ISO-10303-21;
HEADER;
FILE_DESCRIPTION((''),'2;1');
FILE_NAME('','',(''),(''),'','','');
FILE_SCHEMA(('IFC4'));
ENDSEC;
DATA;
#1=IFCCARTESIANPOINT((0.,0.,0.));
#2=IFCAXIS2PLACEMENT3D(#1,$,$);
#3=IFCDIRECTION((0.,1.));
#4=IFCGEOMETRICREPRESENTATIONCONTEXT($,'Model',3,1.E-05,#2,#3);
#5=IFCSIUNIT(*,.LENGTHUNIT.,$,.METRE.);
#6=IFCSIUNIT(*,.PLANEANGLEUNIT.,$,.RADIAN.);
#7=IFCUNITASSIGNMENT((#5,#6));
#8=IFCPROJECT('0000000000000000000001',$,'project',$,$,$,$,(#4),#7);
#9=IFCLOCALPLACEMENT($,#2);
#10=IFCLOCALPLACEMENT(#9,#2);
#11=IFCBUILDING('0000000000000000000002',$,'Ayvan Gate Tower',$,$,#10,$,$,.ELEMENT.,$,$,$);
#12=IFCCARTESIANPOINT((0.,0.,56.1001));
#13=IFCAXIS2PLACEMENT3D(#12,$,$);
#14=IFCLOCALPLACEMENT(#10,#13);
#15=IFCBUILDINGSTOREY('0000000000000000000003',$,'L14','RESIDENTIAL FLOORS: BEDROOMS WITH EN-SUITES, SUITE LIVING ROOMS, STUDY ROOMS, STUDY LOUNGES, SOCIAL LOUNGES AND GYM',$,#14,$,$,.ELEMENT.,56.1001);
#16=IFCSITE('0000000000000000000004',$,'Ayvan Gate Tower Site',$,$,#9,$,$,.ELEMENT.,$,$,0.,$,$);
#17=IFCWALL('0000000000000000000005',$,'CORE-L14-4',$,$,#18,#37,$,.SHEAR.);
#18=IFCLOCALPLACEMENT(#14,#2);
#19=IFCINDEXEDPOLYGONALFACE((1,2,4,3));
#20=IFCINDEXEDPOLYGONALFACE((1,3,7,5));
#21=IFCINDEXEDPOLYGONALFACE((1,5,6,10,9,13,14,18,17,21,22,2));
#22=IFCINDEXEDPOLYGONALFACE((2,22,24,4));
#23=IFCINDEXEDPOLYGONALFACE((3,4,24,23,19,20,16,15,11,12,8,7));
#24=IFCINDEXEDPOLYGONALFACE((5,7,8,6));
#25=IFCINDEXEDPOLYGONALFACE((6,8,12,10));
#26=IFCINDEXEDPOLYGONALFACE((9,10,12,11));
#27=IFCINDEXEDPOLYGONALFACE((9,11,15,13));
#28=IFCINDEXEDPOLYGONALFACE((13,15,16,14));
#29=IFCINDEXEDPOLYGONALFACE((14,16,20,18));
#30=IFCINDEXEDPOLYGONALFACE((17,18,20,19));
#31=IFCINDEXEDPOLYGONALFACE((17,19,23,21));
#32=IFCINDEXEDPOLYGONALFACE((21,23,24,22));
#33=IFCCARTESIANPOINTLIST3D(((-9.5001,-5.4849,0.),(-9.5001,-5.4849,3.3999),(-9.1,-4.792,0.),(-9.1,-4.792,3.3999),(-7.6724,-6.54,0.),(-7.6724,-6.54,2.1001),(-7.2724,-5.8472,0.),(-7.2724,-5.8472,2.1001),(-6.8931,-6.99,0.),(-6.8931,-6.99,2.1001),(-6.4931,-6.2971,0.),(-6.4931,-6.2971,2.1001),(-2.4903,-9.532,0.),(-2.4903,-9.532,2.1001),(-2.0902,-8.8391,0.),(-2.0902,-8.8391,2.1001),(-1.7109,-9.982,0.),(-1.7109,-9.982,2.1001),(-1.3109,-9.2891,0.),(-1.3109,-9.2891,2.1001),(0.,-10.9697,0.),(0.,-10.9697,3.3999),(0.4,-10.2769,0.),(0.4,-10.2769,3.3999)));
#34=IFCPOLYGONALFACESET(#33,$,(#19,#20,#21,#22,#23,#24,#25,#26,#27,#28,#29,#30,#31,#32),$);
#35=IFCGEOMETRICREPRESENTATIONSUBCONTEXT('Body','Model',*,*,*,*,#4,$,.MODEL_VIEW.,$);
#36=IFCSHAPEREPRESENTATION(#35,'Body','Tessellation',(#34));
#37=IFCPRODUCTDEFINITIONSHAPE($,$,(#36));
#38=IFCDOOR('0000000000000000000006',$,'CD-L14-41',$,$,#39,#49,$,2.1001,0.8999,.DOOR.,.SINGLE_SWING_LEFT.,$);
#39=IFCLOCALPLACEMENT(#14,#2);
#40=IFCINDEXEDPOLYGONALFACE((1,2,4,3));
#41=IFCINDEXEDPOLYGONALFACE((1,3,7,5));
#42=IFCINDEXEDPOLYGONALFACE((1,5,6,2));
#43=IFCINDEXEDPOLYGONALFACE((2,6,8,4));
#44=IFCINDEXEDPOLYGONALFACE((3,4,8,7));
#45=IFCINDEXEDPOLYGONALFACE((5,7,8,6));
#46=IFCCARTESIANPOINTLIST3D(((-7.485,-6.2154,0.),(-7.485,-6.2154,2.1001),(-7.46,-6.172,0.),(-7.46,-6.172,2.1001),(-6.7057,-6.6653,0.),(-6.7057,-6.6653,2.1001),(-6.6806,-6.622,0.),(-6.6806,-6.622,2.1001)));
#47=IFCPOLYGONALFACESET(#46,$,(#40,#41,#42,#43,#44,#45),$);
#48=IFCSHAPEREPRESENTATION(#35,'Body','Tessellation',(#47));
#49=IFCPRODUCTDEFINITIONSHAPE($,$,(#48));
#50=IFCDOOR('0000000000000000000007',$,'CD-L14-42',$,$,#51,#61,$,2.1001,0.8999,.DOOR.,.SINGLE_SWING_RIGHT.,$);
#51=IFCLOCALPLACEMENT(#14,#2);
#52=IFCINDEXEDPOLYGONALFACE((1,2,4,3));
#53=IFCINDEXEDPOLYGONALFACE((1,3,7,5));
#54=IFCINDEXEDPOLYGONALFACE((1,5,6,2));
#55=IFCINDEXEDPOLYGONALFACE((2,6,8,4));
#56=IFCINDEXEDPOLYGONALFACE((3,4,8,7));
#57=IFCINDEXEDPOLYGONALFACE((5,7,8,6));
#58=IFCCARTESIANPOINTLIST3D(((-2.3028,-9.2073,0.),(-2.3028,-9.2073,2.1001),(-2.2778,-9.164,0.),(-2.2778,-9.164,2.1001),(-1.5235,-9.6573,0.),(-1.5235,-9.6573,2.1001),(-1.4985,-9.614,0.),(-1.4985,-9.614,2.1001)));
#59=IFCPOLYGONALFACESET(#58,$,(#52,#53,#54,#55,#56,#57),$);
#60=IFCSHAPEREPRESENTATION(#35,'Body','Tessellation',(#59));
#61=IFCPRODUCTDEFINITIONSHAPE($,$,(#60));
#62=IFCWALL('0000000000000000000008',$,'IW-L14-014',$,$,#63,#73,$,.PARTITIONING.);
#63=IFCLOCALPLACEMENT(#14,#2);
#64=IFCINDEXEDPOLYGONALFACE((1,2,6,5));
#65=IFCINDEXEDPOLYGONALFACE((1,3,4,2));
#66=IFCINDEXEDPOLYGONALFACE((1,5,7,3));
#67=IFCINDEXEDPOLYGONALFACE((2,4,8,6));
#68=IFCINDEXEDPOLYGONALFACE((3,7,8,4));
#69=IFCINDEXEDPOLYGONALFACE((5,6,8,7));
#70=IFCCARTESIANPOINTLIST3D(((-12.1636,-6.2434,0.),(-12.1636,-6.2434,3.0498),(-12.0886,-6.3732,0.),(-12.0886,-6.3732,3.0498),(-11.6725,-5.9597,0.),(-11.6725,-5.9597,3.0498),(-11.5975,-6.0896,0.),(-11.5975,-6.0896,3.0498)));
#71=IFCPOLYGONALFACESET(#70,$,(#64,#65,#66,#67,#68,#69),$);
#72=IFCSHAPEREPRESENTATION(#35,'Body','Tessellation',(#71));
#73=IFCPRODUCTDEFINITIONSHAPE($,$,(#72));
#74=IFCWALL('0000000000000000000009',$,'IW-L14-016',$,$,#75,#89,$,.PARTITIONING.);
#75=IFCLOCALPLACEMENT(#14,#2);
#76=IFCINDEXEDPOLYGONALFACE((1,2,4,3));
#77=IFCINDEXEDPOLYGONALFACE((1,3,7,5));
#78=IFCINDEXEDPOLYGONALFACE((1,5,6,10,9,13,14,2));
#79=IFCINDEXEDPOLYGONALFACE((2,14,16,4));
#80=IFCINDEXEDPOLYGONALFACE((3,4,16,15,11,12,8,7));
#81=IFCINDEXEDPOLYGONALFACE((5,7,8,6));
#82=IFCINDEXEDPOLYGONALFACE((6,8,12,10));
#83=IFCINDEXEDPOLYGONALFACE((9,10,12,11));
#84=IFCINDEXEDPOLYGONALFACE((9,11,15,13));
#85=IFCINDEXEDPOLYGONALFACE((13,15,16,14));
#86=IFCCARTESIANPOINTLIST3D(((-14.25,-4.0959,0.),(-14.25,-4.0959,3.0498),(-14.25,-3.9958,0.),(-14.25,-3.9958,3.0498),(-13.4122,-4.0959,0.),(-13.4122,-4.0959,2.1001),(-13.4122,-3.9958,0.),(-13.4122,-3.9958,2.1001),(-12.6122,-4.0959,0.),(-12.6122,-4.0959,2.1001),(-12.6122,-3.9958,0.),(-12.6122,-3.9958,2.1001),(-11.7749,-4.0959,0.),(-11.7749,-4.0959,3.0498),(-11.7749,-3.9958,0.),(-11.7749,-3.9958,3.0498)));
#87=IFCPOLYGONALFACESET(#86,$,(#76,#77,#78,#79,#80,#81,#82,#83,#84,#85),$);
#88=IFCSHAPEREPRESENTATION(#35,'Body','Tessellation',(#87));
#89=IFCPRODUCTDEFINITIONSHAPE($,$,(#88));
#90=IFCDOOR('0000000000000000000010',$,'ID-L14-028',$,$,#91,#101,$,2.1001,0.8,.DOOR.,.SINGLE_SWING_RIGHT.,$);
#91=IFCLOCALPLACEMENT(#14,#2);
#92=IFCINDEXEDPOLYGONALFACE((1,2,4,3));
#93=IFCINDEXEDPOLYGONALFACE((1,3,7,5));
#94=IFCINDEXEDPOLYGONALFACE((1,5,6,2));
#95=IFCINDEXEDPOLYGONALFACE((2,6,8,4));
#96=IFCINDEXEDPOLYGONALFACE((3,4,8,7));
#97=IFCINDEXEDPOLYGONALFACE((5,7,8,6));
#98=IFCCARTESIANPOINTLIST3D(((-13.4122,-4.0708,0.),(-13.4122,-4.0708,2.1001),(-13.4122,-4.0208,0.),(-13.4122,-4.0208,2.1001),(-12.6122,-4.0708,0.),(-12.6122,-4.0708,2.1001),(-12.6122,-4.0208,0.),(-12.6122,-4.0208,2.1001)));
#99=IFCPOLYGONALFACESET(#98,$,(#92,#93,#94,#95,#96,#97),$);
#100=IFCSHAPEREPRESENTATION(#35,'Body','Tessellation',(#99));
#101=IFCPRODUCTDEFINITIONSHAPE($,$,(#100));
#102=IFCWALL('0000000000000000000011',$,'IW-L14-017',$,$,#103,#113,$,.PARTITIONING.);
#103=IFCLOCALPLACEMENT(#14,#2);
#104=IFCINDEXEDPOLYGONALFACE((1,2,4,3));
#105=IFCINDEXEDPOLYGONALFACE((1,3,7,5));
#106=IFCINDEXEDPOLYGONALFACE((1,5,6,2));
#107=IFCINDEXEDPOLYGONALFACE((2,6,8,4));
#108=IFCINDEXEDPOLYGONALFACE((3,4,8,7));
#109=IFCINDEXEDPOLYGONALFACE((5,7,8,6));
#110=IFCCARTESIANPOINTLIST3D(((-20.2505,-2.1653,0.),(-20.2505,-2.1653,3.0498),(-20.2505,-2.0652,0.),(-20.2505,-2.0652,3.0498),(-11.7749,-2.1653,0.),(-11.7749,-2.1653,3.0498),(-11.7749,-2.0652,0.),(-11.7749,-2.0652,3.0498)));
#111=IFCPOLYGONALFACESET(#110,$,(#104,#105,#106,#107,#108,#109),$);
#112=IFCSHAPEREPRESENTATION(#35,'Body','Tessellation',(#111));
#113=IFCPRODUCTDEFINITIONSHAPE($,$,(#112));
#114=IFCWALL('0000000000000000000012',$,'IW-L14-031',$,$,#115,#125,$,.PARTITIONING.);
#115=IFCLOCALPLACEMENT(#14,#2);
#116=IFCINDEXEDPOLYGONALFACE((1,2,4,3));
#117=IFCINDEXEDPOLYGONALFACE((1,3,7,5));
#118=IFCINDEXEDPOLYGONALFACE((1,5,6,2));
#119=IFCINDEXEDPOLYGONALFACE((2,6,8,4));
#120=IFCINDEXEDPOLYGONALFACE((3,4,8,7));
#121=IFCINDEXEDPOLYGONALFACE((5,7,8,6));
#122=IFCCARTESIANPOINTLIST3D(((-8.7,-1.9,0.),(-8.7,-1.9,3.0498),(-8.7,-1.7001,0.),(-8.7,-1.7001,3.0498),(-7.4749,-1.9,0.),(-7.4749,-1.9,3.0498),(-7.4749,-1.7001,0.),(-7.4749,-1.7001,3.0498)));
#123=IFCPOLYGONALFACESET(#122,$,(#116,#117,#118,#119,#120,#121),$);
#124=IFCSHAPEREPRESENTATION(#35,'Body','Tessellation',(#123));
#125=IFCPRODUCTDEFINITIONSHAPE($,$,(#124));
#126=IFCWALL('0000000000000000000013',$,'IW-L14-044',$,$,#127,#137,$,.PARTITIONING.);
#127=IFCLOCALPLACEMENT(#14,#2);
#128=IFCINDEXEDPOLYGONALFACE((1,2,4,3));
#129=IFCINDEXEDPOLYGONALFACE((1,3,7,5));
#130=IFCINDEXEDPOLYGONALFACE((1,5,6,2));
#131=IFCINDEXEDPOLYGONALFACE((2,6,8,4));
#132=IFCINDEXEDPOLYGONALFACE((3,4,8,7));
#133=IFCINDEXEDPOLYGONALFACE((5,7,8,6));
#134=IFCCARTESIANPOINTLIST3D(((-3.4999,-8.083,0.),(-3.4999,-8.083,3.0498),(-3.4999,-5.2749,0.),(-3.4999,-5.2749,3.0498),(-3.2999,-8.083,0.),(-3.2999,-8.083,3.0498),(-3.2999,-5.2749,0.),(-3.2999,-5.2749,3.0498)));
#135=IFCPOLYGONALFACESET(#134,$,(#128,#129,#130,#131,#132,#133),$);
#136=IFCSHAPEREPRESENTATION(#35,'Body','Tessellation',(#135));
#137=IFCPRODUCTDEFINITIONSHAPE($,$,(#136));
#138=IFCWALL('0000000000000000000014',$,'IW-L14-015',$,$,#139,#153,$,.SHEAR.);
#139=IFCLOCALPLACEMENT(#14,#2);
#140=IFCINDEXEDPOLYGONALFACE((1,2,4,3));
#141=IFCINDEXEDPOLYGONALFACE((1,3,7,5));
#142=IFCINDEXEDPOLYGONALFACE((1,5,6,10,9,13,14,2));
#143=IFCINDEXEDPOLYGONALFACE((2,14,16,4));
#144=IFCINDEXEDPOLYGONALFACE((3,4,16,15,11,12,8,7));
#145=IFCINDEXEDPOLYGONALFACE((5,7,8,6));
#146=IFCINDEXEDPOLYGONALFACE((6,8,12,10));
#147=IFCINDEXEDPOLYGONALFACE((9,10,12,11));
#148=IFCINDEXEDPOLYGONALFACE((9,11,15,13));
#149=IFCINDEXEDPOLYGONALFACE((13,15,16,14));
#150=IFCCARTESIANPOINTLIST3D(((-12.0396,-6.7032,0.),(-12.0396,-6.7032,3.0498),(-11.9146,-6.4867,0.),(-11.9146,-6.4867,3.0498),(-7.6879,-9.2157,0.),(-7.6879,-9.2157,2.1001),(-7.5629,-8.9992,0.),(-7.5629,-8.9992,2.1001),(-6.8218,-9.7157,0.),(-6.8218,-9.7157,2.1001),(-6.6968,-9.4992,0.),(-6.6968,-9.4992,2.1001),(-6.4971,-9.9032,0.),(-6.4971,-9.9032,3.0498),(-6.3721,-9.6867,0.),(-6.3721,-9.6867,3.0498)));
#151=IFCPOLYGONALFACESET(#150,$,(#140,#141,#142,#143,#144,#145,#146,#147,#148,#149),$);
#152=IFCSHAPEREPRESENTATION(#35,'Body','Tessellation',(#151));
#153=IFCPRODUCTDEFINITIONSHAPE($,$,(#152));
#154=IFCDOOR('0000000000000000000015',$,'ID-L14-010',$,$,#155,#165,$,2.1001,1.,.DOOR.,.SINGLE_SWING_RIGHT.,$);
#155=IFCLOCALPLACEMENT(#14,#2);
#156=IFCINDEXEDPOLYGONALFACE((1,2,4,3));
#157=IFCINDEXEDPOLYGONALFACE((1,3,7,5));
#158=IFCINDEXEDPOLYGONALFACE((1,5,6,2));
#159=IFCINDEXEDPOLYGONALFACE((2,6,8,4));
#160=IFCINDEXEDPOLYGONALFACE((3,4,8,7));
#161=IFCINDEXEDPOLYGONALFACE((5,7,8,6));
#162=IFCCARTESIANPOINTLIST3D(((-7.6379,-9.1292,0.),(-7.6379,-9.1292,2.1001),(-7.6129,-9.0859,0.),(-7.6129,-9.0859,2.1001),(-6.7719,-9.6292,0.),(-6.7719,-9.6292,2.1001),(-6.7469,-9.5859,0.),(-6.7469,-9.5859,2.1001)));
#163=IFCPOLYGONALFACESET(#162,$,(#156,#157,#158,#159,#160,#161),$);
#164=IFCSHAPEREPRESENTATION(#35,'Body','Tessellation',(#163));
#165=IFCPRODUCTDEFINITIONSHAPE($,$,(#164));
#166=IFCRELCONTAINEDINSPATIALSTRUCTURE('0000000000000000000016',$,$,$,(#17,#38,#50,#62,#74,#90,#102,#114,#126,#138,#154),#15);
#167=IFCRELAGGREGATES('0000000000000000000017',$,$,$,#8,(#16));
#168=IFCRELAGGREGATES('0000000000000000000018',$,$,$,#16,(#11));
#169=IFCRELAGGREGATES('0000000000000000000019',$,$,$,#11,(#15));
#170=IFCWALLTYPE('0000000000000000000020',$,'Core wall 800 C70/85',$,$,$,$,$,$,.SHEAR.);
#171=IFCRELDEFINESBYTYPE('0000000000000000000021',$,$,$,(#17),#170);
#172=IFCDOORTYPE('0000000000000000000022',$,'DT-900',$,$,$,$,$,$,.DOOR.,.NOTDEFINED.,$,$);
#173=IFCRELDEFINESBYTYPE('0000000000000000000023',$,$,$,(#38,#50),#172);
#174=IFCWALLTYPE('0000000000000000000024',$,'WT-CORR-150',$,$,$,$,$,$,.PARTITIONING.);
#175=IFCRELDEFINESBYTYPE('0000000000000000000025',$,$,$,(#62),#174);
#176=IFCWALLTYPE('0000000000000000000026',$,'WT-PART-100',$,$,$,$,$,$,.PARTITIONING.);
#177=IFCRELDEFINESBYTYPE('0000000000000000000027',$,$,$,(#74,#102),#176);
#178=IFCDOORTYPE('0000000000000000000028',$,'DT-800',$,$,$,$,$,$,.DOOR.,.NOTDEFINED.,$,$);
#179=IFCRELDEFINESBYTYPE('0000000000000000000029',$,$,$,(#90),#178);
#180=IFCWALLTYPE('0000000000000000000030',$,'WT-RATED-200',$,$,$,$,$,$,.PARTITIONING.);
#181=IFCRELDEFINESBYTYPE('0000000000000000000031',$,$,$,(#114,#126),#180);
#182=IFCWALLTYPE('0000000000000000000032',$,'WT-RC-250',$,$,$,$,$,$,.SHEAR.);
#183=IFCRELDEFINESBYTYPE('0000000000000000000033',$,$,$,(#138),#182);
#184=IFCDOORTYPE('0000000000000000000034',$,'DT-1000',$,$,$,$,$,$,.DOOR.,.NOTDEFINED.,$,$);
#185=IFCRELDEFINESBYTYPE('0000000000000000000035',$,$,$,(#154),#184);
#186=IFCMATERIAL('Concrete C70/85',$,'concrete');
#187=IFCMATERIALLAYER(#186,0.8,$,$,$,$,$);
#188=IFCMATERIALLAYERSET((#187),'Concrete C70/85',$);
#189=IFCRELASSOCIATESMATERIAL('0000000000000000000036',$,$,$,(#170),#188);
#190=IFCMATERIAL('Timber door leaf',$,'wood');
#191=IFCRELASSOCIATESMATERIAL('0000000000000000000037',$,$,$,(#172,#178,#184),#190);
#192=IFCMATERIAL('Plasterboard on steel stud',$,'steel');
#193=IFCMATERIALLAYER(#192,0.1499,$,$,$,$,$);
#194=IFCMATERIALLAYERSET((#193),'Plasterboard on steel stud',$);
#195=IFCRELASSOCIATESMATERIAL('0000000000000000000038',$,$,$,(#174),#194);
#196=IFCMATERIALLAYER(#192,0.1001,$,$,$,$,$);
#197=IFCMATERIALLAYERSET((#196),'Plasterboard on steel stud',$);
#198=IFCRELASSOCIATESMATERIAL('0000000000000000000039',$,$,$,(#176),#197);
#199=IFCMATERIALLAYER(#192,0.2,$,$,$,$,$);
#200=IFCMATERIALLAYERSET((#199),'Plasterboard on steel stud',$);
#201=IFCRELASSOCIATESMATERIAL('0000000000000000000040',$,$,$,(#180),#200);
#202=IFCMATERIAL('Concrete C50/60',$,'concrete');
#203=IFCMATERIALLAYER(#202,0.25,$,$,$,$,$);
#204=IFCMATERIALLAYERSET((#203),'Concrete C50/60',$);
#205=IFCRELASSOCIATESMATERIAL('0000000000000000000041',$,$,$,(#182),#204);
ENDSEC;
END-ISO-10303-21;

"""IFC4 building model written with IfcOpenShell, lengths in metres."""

from ifc_helpers import new_model, si_unit, direction, frame, frame_2d, origin, place, context, subcontext, project, spatial, rectangle, extrude, material, layer, layer_set, type_object, element, fill, save


model = new_model("IFC4")

# Units and contexts
model_context = context("Model", 3, precision=1e-05, world=origin(), true_north=direction((0.0, 1.0)))
body_context = subcontext(model_context, "Body", "Model", "MODEL_VIEW")
ifc_project = project(units=[si_unit("LENGTHUNIT", "METRE"), si_unit("PLANEANGLEUNIT", "RADIAN")], contexts=[model_context])

# Site, building, storey
site_placement = place(None, origin())
site = spatial("IfcSite", under=ifc_project, at=site_placement, Name="Ayvan Gate Tower Site", CompositionType="ELEMENT", RefElevation=0.0)
building_placement = place(site_placement, origin())
building = spatial("IfcBuilding", under=site, at=building_placement, Name="Ayvan Gate Tower", CompositionType="ELEMENT")
storey_placement = place(building_placement, frame((0.0, 0.0, 56.1001)))
storey = spatial("IfcBuildingStorey", under=building, at=storey_placement, Name="L14", Description="RESIDENTIAL FLOORS: BEDROOMS WITH EN-SUITES, SUITE LIVING ROOMS, STUDY ROOMS, STUDY LOUNGES, SOCIAL LOUNGES AND GYM", CompositionType="ELEMENT", Elevation=56.1001)

# Wall, openings, doors
ifc_material_1 = material(Name="Concrete C70/85", Category="concrete")
ifc_layer_1 = layer(ifc_material_1, 0.8)
ifc_layer_set_1 = layer_set([ifc_layer_1], Name="Concrete C70/85")
wall_type_1 = type_object("IfcWallType", Name="Core wall 800 C70/85", PredefinedType="SHEAR", material=ifc_layer_set_1)
wall_1_placement = place(storey_placement, frame((-9.3, -5.1384, 0.0), z_axis=(0.0, 0.0, 1.0), x_axis=(0.866024, -0.500002, 0.0)))
wall_1 = element("IfcWall", 1, at=wall_1_placement, inside=storey, type_object=wall_type_1, Name="CORE-L14-4", PredefinedType="SHEAR", context=body_context, shape_type="SweptSolid", body=[
    extrude(rectangle(XDim=10.9697, YDim=0.8, at=frame_2d((5.4849, 0.0))), origin(), (0.0, 0.0, 1.0), 3.3999),
])
opening_1_placement = place(wall_1_placement, frame((2.1104, 0.0, 0.0)))
opening_1 = element("IfcOpeningElement", 2, at=opening_1_placement, cuts=wall_1, PredefinedType="OPENING", context=body_context, shape_type="SweptSolid", body=[
    extrude(rectangle(XDim=0.8999, YDim=2.1001, at=frame_2d((0.45, 1.05))), frame((0.0, 0.4099, 0.0), z_axis=(0.0, -1.0, 0.0), x_axis=(1.0, 0.0, 0.0)), (0.0, 0.0, 1.0), 0.8201),
])
opening_2_placement = place(wall_1_placement, frame((8.0942, 0.0, 0.0)))
opening_2 = element("IfcOpeningElement", 3, at=opening_2_placement, cuts=wall_1, PredefinedType="OPENING", context=body_context, shape_type="SweptSolid", body=[
    extrude(rectangle(XDim=0.8999, YDim=2.1001, at=frame_2d((0.45, 1.05))), frame((0.0, 0.4099, 0.0), z_axis=(0.0, -1.0, 0.0), x_axis=(1.0, 0.0, 0.0)), (0.0, 0.0, 1.0), 0.8201),
])
ifc_material_2 = material(Name="Timber door leaf", Category="wood")
door_type_1 = type_object("IfcDoorType", Name="DT-900", OperationType="NOTDEFINED", PredefinedType="DOOR", material=ifc_material_2)
door_1_placement = place(opening_1_placement, origin())
door_1 = element("IfcDoor", 4, at=door_1_placement, inside=storey, type_object=door_type_1, Name="CD-L14-41", OperationType="SINGLE_SWING_LEFT", OverallHeight=2.1001, OverallWidth=0.8999, PredefinedType="DOOR", context=body_context, shape_type="SweptSolid", body=[
    extrude(rectangle(XDim=0.8999, YDim=2.1001, at=frame_2d((0.45, 1.05))), frame((0.0, 0.0249, 0.0), z_axis=(0.0, -1.0, 0.0), x_axis=(1.0, 0.0, 0.0)), (0.0, 0.0, 1.0), 0.05),
])
fill(opening_1, door_1)
door_2_placement = place(opening_2_placement, origin())
door_2 = element("IfcDoor", 5, at=door_2_placement, inside=storey, type_object=door_type_1, Name="CD-L14-42", OperationType="SINGLE_SWING_RIGHT", OverallHeight=2.1001, OverallWidth=0.8999, PredefinedType="DOOR", context=body_context, shape_type="SweptSolid", body=[
    extrude(rectangle(XDim=0.8999, YDim=2.1001, at=frame_2d((0.45, 1.05))), frame((0.0, 0.0249, 0.0), z_axis=(0.0, -1.0, 0.0), x_axis=(1.0, 0.0, 0.0)), (0.0, 0.0, 1.0), 0.05),
])
fill(opening_2, door_2)

# Wall
ifc_material_3 = material(Name="Plasterboard on steel stud", Category="steel")
ifc_layer_2 = layer(ifc_material_3, 0.1499)
ifc_layer_set_2 = layer_set([ifc_layer_2], Name="Plasterboard on steel stud")
wall_type_2 = type_object("IfcWallType", Name="WT-CORR-150", PredefinedType="PARTITIONING", material=ifc_layer_set_2)
wall_2_placement = place(storey_placement, frame((-12.1262, -6.3083, 0.0), z_axis=(0.0, 0.0, 1.0), x_axis=(0.865956, 0.50012, 0.0)))
element("IfcWall", 6, at=wall_2_placement, inside=storey, type_object=wall_type_2, Name="IW-L14-014", PredefinedType="PARTITIONING", context=body_context, shape_type="SweptSolid", body=[
    extrude(rectangle(XDim=0.5671, YDim=0.1499, at=frame_2d((0.2837, 0.0))), origin(), (0.0, 0.0, 1.0), 3.0498),
])

# Wall, opening, door
ifc_layer_3 = layer(ifc_material_3, 0.1001)
ifc_layer_set_3 = layer_set([ifc_layer_3], Name="Plasterboard on steel stud")
wall_type_3 = type_object("IfcWallType", Name="WT-PART-100", PredefinedType="PARTITIONING", material=ifc_layer_set_3)
wall_3_placement = place(storey_placement, frame((-11.7749, -4.0459, 0.0), z_axis=(0.0, 0.0, 1.0), x_axis=(-1.0, 0.0, 0.0)))
wall_3 = element("IfcWall", 7, at=wall_3_placement, inside=storey, type_object=wall_type_3, Name="IW-L14-016", PredefinedType="PARTITIONING", context=body_context, shape_type="SweptSolid", body=[
    extrude(rectangle(XDim=2.4751, YDim=0.1001, at=frame_2d((1.2375, 0.0))), origin(), (0.0, 0.0, 1.0), 3.0498),
])
opening_3_placement = place(wall_3_placement, frame((0.8374, 0.0, 0.0)))
opening_3 = element("IfcOpeningElement", 8, at=opening_3_placement, cuts=wall_3, PredefinedType="OPENING", context=body_context, shape_type="SweptSolid", body=[
    extrude(rectangle(XDim=0.8, YDim=2.1001, at=frame_2d((0.3999, 1.05))), frame((0.0, 0.0601, 0.0), z_axis=(0.0, -1.0, 0.0), x_axis=(1.0, 0.0, 0.0)), (0.0, 0.0, 1.0), 0.1201),
])
door_type_2 = type_object("IfcDoorType", Name="DT-800", OperationType="NOTDEFINED", PredefinedType="DOOR", material=ifc_material_2)
door_3_placement = place(opening_3_placement, origin())
door_3 = element("IfcDoor", 9, at=door_3_placement, inside=storey, type_object=door_type_2, Name="ID-L14-028", OperationType="SINGLE_SWING_RIGHT", OverallHeight=2.1001, OverallWidth=0.8, PredefinedType="DOOR", context=body_context, shape_type="SweptSolid", body=[
    extrude(rectangle(XDim=0.8, YDim=2.1001, at=frame_2d((0.3999, 1.05))), frame((0.0, 0.0249, 0.0), z_axis=(0.0, -1.0, 0.0), x_axis=(1.0, 0.0, 0.0)), (0.0, 0.0, 1.0), 0.05),
])
fill(opening_3, door_3)

# Walls
wall_4_placement = place(storey_placement, frame((-11.7749, -2.1152, 0.0), z_axis=(0.0, 0.0, 1.0), x_axis=(-1.0, 0.0, 0.0)))
element("IfcWall", 10, at=wall_4_placement, inside=storey, type_object=wall_type_3, Name="IW-L14-017", PredefinedType="PARTITIONING", context=body_context, shape_type="SweptSolid", body=[
    extrude(rectangle(XDim=8.4756, YDim=0.1001, at=frame_2d((4.2378, 0.0))), origin(), (0.0, 0.0, 1.0), 3.0498),
])
ifc_layer_4 = layer(ifc_material_3, 0.2)
ifc_layer_set_4 = layer_set([ifc_layer_4], Name="Plasterboard on steel stud")
wall_type_4 = type_object("IfcWallType", Name="WT-RATED-200", PredefinedType="PARTITIONING", material=ifc_layer_set_4)
wall_5_placement = place(storey_placement, frame((-7.4749, -1.8, 0.0), z_axis=(0.0, 0.0, 1.0), x_axis=(-1.0, 0.0, 0.0)))
element("IfcWall", 11, at=wall_5_placement, inside=storey, type_object=wall_type_4, Name="IW-L14-031", PredefinedType="PARTITIONING", context=body_context, shape_type="SweptSolid", body=[
    extrude(rectangle(XDim=1.2251, YDim=0.2, at=frame_2d((0.6125, 0.0))), origin(), (0.0, 0.0, 1.0), 3.0498),
])
wall_6_placement = place(storey_placement, frame((-3.3999, -5.2749, 0.0), z_axis=(0.0, 0.0, 1.0), x_axis=(0.0, -1.0, 0.0)))
element("IfcWall", 12, at=wall_6_placement, inside=storey, type_object=wall_type_4, Name="IW-L14-044", PredefinedType="PARTITIONING", context=body_context, shape_type="SweptSolid", body=[
    extrude(rectangle(XDim=2.8081, YDim=0.2, at=frame_2d((1.4041, 0.0))), origin(), (0.0, 0.0, 1.0), 3.0498),
])

# Wall, opening, door
ifc_material_4 = material(Name="Concrete C50/60", Category="concrete")
ifc_layer_5 = layer(ifc_material_4, 0.25)
ifc_layer_set_5 = layer_set([ifc_layer_5], Name="Concrete C50/60")
wall_type_5 = type_object("IfcWallType", Name="WT-RC-250", PredefinedType="SHEAR", material=ifc_layer_set_5)
wall_7_placement = place(storey_placement, frame((-11.9771, -6.595, 0.0), z_axis=(0.0, 0.0, 1.0), x_axis=(0.866025, -0.5, 0.0)))
wall_7 = element("IfcWall", 13, at=wall_7_placement, inside=storey, type_object=wall_type_5, Name="IW-L14-015", PredefinedType="SHEAR", context=body_context, shape_type="SweptSolid", body=[
    extrude(rectangle(XDim=6.3999, YDim=0.25, at=frame_2d((3.2, 0.0))), origin(), (0.0, 0.0, 1.0), 3.0498),
])
opening_4_placement = place(wall_7_placement, frame((5.0249, 0.0, 0.0)))
opening_4 = element("IfcOpeningElement", 14, at=opening_4_placement, cuts=wall_7, PredefinedType="OPENING", context=body_context, shape_type="SweptSolid", body=[
    extrude(rectangle(XDim=1.0, YDim=2.1001, at=frame_2d((0.5, 1.05))), frame((0.0, 0.135, 0.0), z_axis=(0.0, -1.0, 0.0), x_axis=(1.0, 0.0, 0.0)), (0.0, 0.0, 1.0), 0.27),
])
door_type_3 = type_object("IfcDoorType", Name="DT-1000", OperationType="NOTDEFINED", PredefinedType="DOOR", material=ifc_material_2)
door_4_placement = place(opening_4_placement, origin())
door_4 = element("IfcDoor", 15, at=door_4_placement, inside=storey, type_object=door_type_3, Name="ID-L14-010", OperationType="SINGLE_SWING_RIGHT", OverallHeight=2.1001, OverallWidth=1.0, PredefinedType="DOOR", context=body_context, shape_type="SweptSolid", body=[
    extrude(rectangle(XDim=1.0, YDim=2.1001, at=frame_2d((0.5, 1.05))), frame((0.0, 0.0249, 0.0), z_axis=(0.0, -1.0, 0.0), x_axis=(1.0, 0.0, 0.0)), (0.0, 0.0, 1.0), 0.05),
])
fill(opening_4, door_4)

save(model, "model.ifc")
